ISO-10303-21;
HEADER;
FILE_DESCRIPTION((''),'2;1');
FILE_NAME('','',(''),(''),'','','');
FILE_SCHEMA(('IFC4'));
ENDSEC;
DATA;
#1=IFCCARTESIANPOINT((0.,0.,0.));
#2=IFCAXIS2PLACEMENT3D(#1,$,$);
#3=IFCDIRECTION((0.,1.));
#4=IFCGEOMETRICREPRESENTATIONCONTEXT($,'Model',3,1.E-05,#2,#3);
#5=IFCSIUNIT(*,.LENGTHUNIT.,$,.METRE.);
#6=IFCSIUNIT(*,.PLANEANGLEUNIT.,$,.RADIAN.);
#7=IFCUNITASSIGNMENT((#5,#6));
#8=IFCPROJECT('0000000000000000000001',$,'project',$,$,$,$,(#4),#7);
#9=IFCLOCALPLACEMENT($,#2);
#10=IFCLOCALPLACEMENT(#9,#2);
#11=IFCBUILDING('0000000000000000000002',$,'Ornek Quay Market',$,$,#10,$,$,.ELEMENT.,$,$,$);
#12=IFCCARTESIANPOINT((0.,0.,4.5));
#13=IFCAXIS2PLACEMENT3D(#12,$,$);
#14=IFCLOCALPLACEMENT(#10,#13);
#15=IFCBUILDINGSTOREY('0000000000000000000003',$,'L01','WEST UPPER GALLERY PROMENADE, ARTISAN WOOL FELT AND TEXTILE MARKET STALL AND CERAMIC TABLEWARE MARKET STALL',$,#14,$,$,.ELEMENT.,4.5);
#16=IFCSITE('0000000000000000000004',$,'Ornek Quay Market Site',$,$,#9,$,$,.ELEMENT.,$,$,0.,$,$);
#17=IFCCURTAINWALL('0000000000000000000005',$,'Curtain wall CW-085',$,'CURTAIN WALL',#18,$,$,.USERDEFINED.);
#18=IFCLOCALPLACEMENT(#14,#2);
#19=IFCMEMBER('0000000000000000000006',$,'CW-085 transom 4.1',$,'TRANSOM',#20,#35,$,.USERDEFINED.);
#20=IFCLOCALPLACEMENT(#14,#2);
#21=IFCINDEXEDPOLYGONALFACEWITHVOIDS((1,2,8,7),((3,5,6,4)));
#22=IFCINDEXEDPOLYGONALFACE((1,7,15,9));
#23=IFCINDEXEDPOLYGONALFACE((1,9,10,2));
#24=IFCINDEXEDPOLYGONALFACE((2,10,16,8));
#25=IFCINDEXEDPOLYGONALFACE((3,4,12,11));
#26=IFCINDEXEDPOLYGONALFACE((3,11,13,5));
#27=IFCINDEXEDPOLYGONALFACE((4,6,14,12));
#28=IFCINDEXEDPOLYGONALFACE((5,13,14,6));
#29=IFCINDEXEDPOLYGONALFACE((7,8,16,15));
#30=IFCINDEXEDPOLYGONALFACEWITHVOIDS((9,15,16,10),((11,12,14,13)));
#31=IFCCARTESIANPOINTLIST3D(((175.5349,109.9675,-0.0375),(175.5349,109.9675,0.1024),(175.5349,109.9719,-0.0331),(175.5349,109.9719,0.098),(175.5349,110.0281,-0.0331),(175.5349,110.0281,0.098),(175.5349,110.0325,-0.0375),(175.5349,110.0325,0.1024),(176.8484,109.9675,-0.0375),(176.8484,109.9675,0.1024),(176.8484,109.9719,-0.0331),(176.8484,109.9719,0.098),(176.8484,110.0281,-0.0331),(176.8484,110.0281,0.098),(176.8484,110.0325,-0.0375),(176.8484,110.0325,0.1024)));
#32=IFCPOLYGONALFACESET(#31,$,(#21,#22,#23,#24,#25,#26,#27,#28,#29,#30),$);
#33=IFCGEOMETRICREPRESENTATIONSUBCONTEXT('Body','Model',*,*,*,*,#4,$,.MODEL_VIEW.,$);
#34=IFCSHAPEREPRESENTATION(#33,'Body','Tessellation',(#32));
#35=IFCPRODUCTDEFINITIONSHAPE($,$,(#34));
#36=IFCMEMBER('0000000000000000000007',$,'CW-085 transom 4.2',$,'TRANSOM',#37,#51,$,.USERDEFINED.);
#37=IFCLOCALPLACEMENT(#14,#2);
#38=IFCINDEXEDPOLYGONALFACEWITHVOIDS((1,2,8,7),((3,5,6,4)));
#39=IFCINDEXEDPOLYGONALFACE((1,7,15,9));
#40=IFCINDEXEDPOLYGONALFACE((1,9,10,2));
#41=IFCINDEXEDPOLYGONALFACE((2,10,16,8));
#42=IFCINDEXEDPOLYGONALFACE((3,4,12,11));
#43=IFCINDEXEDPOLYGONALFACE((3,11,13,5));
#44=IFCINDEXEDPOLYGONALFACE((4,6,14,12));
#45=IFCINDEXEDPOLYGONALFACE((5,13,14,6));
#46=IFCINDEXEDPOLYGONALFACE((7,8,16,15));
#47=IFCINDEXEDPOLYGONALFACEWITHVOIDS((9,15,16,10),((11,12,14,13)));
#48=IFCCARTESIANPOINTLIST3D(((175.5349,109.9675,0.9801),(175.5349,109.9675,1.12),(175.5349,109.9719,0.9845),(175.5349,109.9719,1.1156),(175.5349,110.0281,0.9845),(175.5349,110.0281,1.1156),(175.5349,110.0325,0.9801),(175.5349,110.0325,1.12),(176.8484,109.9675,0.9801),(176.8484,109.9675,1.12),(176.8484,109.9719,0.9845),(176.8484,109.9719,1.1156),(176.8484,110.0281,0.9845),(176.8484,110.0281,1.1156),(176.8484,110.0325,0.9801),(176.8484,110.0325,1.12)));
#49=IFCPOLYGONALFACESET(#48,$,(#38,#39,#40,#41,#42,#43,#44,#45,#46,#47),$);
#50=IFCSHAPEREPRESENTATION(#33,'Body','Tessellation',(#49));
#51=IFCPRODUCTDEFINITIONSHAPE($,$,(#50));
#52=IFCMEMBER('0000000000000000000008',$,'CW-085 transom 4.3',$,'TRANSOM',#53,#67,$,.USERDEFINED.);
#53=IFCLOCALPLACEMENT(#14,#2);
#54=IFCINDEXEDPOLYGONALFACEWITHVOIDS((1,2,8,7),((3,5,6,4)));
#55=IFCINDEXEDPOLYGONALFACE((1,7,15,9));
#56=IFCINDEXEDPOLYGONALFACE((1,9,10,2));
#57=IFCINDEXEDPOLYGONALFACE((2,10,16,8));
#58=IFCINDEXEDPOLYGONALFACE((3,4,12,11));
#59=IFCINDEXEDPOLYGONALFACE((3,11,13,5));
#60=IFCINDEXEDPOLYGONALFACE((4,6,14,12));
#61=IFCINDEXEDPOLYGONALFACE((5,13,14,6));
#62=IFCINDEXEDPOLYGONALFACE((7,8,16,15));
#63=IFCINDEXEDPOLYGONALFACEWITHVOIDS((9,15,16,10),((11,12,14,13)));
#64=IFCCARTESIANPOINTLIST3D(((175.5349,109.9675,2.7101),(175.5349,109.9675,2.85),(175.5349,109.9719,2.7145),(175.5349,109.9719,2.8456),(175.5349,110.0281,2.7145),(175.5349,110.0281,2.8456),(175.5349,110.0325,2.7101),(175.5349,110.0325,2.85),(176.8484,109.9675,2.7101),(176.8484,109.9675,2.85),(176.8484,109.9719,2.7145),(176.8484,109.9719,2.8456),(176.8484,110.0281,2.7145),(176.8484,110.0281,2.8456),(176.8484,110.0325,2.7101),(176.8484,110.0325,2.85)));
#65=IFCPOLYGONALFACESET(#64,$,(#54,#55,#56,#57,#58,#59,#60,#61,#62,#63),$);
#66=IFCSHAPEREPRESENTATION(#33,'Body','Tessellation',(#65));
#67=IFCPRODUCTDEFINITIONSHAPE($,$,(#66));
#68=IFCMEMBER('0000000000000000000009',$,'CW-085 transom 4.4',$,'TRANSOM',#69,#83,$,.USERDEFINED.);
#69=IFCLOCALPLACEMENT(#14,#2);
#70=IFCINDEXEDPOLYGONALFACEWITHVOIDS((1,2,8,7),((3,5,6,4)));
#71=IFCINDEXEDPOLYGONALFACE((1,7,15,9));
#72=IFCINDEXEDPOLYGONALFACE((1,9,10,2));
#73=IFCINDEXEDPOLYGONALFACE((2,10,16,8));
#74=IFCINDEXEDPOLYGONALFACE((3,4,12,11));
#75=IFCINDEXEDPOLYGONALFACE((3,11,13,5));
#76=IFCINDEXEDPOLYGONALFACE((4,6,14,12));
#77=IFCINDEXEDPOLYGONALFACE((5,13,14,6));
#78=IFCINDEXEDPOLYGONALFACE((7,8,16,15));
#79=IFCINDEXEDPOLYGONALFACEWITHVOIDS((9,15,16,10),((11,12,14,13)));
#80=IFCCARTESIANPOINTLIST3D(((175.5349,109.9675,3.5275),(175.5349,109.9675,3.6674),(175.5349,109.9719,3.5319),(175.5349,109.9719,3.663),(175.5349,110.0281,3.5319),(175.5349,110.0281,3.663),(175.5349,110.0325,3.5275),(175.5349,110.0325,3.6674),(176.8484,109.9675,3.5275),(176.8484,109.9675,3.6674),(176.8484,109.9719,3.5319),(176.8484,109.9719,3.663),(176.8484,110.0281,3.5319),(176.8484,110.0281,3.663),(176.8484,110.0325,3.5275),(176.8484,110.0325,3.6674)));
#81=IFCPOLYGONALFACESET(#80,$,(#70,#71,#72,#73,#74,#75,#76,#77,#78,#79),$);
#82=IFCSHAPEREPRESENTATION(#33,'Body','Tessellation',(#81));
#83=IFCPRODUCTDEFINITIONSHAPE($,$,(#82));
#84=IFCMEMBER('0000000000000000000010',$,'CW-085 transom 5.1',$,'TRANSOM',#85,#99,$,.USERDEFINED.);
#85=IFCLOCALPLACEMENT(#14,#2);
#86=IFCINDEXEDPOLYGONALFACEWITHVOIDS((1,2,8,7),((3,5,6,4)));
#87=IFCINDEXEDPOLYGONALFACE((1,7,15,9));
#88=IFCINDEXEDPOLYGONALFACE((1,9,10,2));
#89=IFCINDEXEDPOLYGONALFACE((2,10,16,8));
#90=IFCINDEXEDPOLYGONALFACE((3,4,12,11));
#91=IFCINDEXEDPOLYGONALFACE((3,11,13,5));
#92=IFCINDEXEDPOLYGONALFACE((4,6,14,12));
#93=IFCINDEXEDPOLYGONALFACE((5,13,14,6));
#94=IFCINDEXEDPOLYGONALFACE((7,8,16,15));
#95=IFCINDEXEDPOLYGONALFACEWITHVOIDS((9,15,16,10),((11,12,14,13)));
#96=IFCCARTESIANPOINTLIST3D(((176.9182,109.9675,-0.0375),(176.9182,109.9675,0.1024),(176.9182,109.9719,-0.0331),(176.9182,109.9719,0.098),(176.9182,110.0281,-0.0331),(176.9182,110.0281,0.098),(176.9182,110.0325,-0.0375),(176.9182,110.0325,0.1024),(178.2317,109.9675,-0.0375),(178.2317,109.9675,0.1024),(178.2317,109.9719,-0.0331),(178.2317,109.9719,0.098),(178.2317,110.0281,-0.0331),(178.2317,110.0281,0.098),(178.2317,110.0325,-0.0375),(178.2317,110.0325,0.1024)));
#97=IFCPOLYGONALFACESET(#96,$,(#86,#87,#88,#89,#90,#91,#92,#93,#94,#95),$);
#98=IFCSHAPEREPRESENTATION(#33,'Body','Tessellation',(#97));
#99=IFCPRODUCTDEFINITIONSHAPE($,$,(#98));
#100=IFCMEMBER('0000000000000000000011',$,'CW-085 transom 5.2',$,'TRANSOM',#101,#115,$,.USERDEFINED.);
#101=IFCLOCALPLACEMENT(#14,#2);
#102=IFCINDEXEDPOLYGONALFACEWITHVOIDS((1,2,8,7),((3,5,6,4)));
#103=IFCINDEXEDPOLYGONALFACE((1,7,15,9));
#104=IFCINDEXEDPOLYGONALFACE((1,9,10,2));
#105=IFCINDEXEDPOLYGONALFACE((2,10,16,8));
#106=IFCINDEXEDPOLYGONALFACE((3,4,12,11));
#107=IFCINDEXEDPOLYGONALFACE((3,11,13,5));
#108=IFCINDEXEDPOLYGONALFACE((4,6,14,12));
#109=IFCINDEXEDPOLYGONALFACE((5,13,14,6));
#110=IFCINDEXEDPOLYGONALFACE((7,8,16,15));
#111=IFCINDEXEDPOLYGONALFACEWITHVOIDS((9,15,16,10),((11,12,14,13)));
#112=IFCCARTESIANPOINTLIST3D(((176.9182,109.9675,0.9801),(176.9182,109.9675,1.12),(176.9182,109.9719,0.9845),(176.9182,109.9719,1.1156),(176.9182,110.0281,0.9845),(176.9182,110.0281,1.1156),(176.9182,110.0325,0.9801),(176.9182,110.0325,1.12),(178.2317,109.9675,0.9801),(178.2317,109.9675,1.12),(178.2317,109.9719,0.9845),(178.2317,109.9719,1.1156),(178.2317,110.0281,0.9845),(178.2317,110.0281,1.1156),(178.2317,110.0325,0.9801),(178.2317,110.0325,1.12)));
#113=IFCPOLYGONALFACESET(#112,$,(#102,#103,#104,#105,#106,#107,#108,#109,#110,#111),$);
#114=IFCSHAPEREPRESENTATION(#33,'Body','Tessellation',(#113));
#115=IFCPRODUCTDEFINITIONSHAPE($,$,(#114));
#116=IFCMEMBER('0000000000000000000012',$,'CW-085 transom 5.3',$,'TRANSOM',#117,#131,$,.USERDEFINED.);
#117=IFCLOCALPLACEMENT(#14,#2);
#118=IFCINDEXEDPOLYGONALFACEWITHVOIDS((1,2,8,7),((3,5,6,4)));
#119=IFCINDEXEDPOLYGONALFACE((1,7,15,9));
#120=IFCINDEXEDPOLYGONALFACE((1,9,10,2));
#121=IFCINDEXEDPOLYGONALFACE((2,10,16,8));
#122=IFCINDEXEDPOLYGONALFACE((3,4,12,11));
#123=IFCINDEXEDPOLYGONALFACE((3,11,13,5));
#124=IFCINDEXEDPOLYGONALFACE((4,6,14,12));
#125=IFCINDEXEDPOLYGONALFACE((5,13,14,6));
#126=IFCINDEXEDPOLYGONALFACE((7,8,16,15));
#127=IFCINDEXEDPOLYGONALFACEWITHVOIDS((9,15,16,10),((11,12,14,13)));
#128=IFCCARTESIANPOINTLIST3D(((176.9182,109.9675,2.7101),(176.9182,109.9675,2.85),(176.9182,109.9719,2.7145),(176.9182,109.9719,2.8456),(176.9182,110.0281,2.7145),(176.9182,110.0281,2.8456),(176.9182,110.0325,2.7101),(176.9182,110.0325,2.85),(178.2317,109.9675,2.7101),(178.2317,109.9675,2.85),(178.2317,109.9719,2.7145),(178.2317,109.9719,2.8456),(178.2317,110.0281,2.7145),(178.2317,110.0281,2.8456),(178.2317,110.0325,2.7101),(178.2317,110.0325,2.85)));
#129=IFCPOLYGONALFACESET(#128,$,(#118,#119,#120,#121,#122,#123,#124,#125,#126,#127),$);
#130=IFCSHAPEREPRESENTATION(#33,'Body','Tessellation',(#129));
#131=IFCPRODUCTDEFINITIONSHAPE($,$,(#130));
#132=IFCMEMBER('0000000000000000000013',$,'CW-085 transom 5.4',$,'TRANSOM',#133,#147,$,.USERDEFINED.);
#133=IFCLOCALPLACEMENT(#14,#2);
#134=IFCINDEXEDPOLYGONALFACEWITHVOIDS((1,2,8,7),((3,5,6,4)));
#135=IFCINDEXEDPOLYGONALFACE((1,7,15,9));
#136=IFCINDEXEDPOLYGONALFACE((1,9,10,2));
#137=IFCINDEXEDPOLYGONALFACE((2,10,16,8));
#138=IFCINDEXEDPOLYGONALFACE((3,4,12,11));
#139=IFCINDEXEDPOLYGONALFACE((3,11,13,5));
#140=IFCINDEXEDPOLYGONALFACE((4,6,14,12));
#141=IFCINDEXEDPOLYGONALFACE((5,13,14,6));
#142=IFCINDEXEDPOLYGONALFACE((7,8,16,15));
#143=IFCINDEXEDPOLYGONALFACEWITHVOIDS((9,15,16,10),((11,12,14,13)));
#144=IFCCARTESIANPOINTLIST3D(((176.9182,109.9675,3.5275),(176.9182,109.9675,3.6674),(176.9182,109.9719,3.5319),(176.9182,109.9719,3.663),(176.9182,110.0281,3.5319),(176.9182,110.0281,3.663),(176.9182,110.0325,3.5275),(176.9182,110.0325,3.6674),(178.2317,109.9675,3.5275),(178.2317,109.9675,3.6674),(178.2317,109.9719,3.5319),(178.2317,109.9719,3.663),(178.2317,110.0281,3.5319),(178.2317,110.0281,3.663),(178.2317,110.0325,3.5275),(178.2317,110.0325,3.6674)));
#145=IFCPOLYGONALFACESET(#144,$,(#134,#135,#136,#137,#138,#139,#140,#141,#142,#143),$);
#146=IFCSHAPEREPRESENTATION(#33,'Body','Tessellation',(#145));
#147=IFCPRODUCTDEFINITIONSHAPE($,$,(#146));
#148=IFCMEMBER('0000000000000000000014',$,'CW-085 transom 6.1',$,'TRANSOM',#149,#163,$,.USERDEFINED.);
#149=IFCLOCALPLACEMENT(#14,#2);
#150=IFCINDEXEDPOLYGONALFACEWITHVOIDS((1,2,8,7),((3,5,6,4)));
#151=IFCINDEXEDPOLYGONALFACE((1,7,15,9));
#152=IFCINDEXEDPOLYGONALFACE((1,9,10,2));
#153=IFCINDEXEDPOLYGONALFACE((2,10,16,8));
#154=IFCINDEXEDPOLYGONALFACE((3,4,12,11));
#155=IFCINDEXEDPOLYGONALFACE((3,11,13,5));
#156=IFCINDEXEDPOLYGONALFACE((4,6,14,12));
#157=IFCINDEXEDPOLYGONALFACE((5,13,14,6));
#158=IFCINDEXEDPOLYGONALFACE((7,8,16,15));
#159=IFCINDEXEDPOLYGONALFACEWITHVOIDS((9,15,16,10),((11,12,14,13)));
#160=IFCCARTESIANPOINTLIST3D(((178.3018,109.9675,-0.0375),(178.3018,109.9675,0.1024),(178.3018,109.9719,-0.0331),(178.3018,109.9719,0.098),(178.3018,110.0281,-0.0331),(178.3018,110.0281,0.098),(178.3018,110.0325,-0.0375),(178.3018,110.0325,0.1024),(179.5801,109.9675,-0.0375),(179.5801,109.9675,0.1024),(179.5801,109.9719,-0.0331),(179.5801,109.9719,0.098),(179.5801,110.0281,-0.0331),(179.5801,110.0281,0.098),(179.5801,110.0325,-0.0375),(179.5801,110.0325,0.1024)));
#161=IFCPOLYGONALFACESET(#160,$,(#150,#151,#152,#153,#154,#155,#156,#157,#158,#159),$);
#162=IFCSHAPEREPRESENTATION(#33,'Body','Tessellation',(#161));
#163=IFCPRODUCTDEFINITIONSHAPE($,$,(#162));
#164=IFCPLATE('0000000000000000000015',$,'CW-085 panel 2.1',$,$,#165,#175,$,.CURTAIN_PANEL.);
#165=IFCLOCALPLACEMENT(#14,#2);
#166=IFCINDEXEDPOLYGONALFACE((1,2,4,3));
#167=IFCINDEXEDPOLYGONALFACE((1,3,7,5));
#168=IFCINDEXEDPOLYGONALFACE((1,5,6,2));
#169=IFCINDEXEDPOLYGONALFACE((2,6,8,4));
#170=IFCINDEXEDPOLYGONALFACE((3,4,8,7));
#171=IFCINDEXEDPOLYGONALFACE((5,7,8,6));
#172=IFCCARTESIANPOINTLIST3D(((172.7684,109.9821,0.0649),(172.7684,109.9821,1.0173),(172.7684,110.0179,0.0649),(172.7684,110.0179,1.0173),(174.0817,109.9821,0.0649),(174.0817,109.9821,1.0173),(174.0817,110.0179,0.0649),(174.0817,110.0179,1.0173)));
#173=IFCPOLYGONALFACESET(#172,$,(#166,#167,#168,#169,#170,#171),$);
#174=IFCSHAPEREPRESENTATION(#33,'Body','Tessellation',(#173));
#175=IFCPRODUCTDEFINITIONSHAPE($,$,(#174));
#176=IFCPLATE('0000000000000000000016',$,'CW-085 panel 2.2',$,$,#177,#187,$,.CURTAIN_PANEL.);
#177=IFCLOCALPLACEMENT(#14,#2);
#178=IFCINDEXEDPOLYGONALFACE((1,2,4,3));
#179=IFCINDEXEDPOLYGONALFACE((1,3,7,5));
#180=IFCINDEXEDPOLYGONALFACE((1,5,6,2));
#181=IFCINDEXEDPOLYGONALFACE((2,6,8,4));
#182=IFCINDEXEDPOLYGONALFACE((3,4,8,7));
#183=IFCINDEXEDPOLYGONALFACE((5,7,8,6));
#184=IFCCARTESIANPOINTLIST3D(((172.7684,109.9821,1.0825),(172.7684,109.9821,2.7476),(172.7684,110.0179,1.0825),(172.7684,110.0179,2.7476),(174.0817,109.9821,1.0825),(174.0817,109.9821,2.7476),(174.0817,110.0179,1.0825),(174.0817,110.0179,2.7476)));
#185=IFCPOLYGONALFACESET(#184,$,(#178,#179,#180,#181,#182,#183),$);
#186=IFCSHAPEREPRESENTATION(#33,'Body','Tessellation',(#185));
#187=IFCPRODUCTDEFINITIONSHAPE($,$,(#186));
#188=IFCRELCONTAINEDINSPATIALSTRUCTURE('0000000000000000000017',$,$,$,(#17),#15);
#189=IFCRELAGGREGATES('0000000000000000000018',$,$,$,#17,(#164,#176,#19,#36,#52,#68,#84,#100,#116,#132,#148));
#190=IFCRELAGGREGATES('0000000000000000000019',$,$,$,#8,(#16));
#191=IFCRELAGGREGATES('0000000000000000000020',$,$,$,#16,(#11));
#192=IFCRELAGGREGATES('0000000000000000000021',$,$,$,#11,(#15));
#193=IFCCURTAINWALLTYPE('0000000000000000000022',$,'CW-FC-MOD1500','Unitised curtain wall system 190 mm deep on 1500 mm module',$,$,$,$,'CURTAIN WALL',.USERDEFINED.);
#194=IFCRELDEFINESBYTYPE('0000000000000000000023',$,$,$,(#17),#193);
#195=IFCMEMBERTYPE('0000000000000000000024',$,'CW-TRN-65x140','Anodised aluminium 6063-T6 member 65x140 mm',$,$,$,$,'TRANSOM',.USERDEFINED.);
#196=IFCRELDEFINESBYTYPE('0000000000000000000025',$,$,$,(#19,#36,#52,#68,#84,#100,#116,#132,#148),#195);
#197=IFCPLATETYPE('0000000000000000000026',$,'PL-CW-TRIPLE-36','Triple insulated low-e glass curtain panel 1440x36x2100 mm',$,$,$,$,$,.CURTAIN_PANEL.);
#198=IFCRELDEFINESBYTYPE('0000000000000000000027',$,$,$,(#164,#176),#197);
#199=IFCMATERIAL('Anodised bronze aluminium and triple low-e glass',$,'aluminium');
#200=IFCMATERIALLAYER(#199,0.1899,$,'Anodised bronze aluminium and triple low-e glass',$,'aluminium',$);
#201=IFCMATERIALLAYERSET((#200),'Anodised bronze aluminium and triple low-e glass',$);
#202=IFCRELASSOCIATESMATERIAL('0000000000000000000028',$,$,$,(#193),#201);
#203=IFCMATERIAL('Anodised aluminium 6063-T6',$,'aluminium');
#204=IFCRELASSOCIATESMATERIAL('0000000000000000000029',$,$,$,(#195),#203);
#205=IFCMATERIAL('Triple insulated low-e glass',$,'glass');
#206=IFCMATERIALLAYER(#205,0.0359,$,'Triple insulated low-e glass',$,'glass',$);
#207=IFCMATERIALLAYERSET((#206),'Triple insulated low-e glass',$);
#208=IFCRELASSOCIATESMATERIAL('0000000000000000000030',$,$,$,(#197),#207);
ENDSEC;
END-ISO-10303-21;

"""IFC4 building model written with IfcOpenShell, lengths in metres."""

from ifc_helpers import new_model, si_unit, direction, frame, origin, origin_2d, place, context, subcontext, project, spatial, rectangle, hollow_rectangle, extrude, material, layer, layer_set, material_profile, profile_set, type_object, element, aggregate, save


model = new_model("IFC4")

# Units and contexts
model_context = context("Model", 3, precision=1e-05, world=origin(), true_north=direction((0.0, 1.0)))
body_context = subcontext(model_context, "Body", "Model", "MODEL_VIEW")
ifc_project = project(units=[si_unit("LENGTHUNIT", "METRE"), si_unit("PLANEANGLEUNIT", "RADIAN")], contexts=[model_context])

# Site, building, storey
site_placement = place(None, origin())
site = spatial("IfcSite", under=ifc_project, at=site_placement, Name="Ornek Quay Market Site", CompositionType="ELEMENT", RefElevation=0.0)
building_placement = place(site_placement, origin())
building = spatial("IfcBuilding", under=site, at=building_placement, Name="Ornek Quay Market", CompositionType="ELEMENT")
storey_placement = place(building_placement, frame((0.0, 0.0, 4.5)))
storey = spatial("IfcBuildingStorey", under=building, at=storey_placement, Name="L01", Description="WEST UPPER GALLERY PROMENADE, ARTISAN WOOL FELT AND TEXTILE MARKET STALL AND CERAMIC TABLEWARE MARKET STALL", CompositionType="ELEMENT", Elevation=4.5)

# Curtain wall, members, plates
ifc_material_1 = material(Name="Anodised bronze aluminium and triple low-e glass", Category="aluminium")
ifc_layer_1 = layer(ifc_material_1, 0.1899, Name="Anodised bronze aluminium and triple low-e glass", Category="aluminium")
ifc_layer_set_1 = layer_set([ifc_layer_1], Name="Anodised bronze aluminium and triple low-e glass")
curtain_wall_type = type_object("IfcCurtainWallType", Name="CW-FC-MOD1500", Description="Unitised curtain wall system 190 mm deep on 1500 mm module", ElementType="CURTAIN WALL", PredefinedType="USERDEFINED", material=ifc_layer_set_1)
curtain_wall_placement = place(storey_placement, origin())
curtain_wall = element("IfcCurtainWall", 1, at=curtain_wall_placement, inside=storey, type_object=curtain_wall_type, Name="Curtain wall CW-085", ObjectType="CURTAIN WALL", PredefinedType="USERDEFINED")
ifc_material_2 = material(Name="Anodised aluminium 6063-T6", Category="aluminium")
ifc_material_profile_1 = material_profile(ifc_material_2, hollow_rectangle(XDim=0.0649, YDim=0.1399, WallThickness=0.0044, at=origin_2d()), Name="CW-TRN-65x140", Category="aluminium")
ifc_profile_set_1 = profile_set([ifc_material_profile_1], Name="Anodised aluminium 6063-T6")
member_type_1 = type_object("IfcMemberType", Name="CW-TRN-65x140", Description="Anodised aluminium 6063-T6 member 65x140 mm", ElementType="TRANSOM", PredefinedType="USERDEFINED", material=ifc_profile_set_1)
member_1_placement = place(storey_placement, frame((175.5349, 110.0, 0.0325), z_axis=(1.0, 0.0, 0.0), x_axis=(0.0, 1.0, 0.0)))
member_1 = element("IfcMember", 2, at=member_1_placement, type_object=member_type_1, Name="CW-085 transom 4.1", ObjectType="TRANSOM", PredefinedType="USERDEFINED", context=body_context, shape_type="SweptSolid", body=[
    extrude(hollow_rectangle(XDim=0.0649, YDim=0.1399, WallThickness=0.0044, at=origin_2d()), origin(), (0.0, 0.0, 1.0), 1.3135),
])
member_2_placement = place(storey_placement, frame((175.5349, 110.0, 1.05), z_axis=(1.0, 0.0, 0.0), x_axis=(0.0, 1.0, 0.0)))
member_2 = element("IfcMember", 3, at=member_2_placement, type_object=member_type_1, Name="CW-085 transom 4.2", ObjectType="TRANSOM", PredefinedType="USERDEFINED", context=body_context, shape_type="SweptSolid", body=[
    extrude(hollow_rectangle(XDim=0.0649, YDim=0.1399, WallThickness=0.0044, at=origin_2d()), origin(), (0.0, 0.0, 1.0), 1.3135),
])
member_3_placement = place(storey_placement, frame((175.5349, 110.0, 2.78), z_axis=(1.0, 0.0, 0.0), x_axis=(0.0, 1.0, 0.0)))
member_3 = element("IfcMember", 4, at=member_3_placement, type_object=member_type_1, Name="CW-085 transom 4.3", ObjectType="TRANSOM", PredefinedType="USERDEFINED", context=body_context, shape_type="SweptSolid", body=[
    extrude(hollow_rectangle(XDim=0.0649, YDim=0.1399, WallThickness=0.0044, at=origin_2d()), origin(), (0.0, 0.0, 1.0), 1.3135),
])
member_4_placement = place(storey_placement, frame((175.5349, 110.0, 3.5974), z_axis=(1.0, 0.0, 0.0), x_axis=(0.0, 1.0, 0.0)))
member_4 = element("IfcMember", 5, at=member_4_placement, type_object=member_type_1, Name="CW-085 transom 4.4", ObjectType="TRANSOM", PredefinedType="USERDEFINED", context=body_context, shape_type="SweptSolid", body=[
    extrude(hollow_rectangle(XDim=0.0649, YDim=0.1399, WallThickness=0.0044, at=origin_2d()), origin(), (0.0, 0.0, 1.0), 1.3135),
])
member_5_placement = place(storey_placement, frame((176.9182, 110.0, 0.0325), z_axis=(1.0, 0.0, 0.0), x_axis=(0.0, 1.0, 0.0)))
member_5 = element("IfcMember", 6, at=member_5_placement, type_object=member_type_1, Name="CW-085 transom 5.1", ObjectType="TRANSOM", PredefinedType="USERDEFINED", context=body_context, shape_type="SweptSolid", body=[
    extrude(hollow_rectangle(XDim=0.0649, YDim=0.1399, WallThickness=0.0044, at=origin_2d()), origin(), (0.0, 0.0, 1.0), 1.3135),
])
member_6_placement = place(storey_placement, frame((176.9182, 110.0, 1.05), z_axis=(1.0, 0.0, 0.0), x_axis=(0.0, 1.0, 0.0)))
member_6 = element("IfcMember", 7, at=member_6_placement, type_object=member_type_1, Name="CW-085 transom 5.2", ObjectType="TRANSOM", PredefinedType="USERDEFINED", context=body_context, shape_type="SweptSolid", body=[
    extrude(hollow_rectangle(XDim=0.0649, YDim=0.1399, WallThickness=0.0044, at=origin_2d()), origin(), (0.0, 0.0, 1.0), 1.3135),
])
member_7_placement = place(storey_placement, frame((176.9182, 110.0, 2.78), z_axis=(1.0, 0.0, 0.0), x_axis=(0.0, 1.0, 0.0)))
member_7 = element("IfcMember", 8, at=member_7_placement, type_object=member_type_1, Name="CW-085 transom 5.3", ObjectType="TRANSOM", PredefinedType="USERDEFINED", context=body_context, shape_type="SweptSolid", body=[
    extrude(hollow_rectangle(XDim=0.0649, YDim=0.1399, WallThickness=0.0044, at=origin_2d()), origin(), (0.0, 0.0, 1.0), 1.3135),
])
member_8_placement = place(storey_placement, frame((176.9182, 110.0, 3.5974), z_axis=(1.0, 0.0, 0.0), x_axis=(0.0, 1.0, 0.0)))
member_8 = element("IfcMember", 9, at=member_8_placement, type_object=member_type_1, Name="CW-085 transom 5.4", ObjectType="TRANSOM", PredefinedType="USERDEFINED", context=body_context, shape_type="SweptSolid", body=[
    extrude(hollow_rectangle(XDim=0.0649, YDim=0.1399, WallThickness=0.0044, at=origin_2d()), origin(), (0.0, 0.0, 1.0), 1.3135),
])
member_9_placement = place(storey_placement, frame((178.3018, 110.0, 0.0325), z_axis=(1.0, 0.0, 0.0), x_axis=(0.0, 1.0, 0.0)))
member_9 = element("IfcMember", 10, at=member_9_placement, type_object=member_type_1, Name="CW-085 transom 6.1", ObjectType="TRANSOM", PredefinedType="USERDEFINED", context=body_context, shape_type="SweptSolid", body=[
    extrude(hollow_rectangle(XDim=0.0649, YDim=0.1399, WallThickness=0.0044, at=origin_2d()), origin(), (0.0, 0.0, 1.0), 1.2783),
])
ifc_material_3 = material(Name="Triple insulated low-e glass", Category="glass")
ifc_layer_2 = layer(ifc_material_3, 0.0359, Name="Triple insulated low-e glass", Category="glass")
ifc_layer_set_2 = layer_set([ifc_layer_2], Name="Triple insulated low-e glass")
plate_type = type_object("IfcPlateType", Name="PL-CW-TRIPLE-36", Description="Triple insulated low-e glass curtain panel 1440x36x2100 mm", PredefinedType="CURTAIN_PANEL", material=ifc_layer_set_2)
plate_1_placement = place(storey_placement, frame((173.425, 110.0, 0.0649), z_axis=(0.0, 0.0, 1.0), x_axis=(1.0, 0.0, 0.0)))
plate_1 = element("IfcPlate", 11, at=plate_1_placement, type_object=plate_type, Name="CW-085 panel 2.1", PredefinedType="CURTAIN_PANEL", context=body_context, shape_type="SweptSolid", body=[
    extrude(rectangle(XDim=1.3132, YDim=0.0359, at=origin_2d()), origin(), (0.0, 0.0, 1.0), 0.9524),
])
plate_2_placement = place(storey_placement, frame((173.425, 110.0, 1.0825), z_axis=(0.0, 0.0, 1.0), x_axis=(1.0, 0.0, 0.0)))
plate_2 = element("IfcPlate", 12, at=plate_2_placement, type_object=plate_type, Name="CW-085 panel 2.2", PredefinedType="CURTAIN_PANEL", context=body_context, shape_type="SweptSolid", body=[
    extrude(rectangle(XDim=1.3132, YDim=0.0359, at=origin_2d()), origin(), (0.0, 0.0, 1.0), 1.665),
])
aggregate(curtain_wall, [plate_1, plate_2, member_1, member_2, member_3, member_4, member_5, member_6, member_7, member_8, member_9])

save(model, "model.ifc")
